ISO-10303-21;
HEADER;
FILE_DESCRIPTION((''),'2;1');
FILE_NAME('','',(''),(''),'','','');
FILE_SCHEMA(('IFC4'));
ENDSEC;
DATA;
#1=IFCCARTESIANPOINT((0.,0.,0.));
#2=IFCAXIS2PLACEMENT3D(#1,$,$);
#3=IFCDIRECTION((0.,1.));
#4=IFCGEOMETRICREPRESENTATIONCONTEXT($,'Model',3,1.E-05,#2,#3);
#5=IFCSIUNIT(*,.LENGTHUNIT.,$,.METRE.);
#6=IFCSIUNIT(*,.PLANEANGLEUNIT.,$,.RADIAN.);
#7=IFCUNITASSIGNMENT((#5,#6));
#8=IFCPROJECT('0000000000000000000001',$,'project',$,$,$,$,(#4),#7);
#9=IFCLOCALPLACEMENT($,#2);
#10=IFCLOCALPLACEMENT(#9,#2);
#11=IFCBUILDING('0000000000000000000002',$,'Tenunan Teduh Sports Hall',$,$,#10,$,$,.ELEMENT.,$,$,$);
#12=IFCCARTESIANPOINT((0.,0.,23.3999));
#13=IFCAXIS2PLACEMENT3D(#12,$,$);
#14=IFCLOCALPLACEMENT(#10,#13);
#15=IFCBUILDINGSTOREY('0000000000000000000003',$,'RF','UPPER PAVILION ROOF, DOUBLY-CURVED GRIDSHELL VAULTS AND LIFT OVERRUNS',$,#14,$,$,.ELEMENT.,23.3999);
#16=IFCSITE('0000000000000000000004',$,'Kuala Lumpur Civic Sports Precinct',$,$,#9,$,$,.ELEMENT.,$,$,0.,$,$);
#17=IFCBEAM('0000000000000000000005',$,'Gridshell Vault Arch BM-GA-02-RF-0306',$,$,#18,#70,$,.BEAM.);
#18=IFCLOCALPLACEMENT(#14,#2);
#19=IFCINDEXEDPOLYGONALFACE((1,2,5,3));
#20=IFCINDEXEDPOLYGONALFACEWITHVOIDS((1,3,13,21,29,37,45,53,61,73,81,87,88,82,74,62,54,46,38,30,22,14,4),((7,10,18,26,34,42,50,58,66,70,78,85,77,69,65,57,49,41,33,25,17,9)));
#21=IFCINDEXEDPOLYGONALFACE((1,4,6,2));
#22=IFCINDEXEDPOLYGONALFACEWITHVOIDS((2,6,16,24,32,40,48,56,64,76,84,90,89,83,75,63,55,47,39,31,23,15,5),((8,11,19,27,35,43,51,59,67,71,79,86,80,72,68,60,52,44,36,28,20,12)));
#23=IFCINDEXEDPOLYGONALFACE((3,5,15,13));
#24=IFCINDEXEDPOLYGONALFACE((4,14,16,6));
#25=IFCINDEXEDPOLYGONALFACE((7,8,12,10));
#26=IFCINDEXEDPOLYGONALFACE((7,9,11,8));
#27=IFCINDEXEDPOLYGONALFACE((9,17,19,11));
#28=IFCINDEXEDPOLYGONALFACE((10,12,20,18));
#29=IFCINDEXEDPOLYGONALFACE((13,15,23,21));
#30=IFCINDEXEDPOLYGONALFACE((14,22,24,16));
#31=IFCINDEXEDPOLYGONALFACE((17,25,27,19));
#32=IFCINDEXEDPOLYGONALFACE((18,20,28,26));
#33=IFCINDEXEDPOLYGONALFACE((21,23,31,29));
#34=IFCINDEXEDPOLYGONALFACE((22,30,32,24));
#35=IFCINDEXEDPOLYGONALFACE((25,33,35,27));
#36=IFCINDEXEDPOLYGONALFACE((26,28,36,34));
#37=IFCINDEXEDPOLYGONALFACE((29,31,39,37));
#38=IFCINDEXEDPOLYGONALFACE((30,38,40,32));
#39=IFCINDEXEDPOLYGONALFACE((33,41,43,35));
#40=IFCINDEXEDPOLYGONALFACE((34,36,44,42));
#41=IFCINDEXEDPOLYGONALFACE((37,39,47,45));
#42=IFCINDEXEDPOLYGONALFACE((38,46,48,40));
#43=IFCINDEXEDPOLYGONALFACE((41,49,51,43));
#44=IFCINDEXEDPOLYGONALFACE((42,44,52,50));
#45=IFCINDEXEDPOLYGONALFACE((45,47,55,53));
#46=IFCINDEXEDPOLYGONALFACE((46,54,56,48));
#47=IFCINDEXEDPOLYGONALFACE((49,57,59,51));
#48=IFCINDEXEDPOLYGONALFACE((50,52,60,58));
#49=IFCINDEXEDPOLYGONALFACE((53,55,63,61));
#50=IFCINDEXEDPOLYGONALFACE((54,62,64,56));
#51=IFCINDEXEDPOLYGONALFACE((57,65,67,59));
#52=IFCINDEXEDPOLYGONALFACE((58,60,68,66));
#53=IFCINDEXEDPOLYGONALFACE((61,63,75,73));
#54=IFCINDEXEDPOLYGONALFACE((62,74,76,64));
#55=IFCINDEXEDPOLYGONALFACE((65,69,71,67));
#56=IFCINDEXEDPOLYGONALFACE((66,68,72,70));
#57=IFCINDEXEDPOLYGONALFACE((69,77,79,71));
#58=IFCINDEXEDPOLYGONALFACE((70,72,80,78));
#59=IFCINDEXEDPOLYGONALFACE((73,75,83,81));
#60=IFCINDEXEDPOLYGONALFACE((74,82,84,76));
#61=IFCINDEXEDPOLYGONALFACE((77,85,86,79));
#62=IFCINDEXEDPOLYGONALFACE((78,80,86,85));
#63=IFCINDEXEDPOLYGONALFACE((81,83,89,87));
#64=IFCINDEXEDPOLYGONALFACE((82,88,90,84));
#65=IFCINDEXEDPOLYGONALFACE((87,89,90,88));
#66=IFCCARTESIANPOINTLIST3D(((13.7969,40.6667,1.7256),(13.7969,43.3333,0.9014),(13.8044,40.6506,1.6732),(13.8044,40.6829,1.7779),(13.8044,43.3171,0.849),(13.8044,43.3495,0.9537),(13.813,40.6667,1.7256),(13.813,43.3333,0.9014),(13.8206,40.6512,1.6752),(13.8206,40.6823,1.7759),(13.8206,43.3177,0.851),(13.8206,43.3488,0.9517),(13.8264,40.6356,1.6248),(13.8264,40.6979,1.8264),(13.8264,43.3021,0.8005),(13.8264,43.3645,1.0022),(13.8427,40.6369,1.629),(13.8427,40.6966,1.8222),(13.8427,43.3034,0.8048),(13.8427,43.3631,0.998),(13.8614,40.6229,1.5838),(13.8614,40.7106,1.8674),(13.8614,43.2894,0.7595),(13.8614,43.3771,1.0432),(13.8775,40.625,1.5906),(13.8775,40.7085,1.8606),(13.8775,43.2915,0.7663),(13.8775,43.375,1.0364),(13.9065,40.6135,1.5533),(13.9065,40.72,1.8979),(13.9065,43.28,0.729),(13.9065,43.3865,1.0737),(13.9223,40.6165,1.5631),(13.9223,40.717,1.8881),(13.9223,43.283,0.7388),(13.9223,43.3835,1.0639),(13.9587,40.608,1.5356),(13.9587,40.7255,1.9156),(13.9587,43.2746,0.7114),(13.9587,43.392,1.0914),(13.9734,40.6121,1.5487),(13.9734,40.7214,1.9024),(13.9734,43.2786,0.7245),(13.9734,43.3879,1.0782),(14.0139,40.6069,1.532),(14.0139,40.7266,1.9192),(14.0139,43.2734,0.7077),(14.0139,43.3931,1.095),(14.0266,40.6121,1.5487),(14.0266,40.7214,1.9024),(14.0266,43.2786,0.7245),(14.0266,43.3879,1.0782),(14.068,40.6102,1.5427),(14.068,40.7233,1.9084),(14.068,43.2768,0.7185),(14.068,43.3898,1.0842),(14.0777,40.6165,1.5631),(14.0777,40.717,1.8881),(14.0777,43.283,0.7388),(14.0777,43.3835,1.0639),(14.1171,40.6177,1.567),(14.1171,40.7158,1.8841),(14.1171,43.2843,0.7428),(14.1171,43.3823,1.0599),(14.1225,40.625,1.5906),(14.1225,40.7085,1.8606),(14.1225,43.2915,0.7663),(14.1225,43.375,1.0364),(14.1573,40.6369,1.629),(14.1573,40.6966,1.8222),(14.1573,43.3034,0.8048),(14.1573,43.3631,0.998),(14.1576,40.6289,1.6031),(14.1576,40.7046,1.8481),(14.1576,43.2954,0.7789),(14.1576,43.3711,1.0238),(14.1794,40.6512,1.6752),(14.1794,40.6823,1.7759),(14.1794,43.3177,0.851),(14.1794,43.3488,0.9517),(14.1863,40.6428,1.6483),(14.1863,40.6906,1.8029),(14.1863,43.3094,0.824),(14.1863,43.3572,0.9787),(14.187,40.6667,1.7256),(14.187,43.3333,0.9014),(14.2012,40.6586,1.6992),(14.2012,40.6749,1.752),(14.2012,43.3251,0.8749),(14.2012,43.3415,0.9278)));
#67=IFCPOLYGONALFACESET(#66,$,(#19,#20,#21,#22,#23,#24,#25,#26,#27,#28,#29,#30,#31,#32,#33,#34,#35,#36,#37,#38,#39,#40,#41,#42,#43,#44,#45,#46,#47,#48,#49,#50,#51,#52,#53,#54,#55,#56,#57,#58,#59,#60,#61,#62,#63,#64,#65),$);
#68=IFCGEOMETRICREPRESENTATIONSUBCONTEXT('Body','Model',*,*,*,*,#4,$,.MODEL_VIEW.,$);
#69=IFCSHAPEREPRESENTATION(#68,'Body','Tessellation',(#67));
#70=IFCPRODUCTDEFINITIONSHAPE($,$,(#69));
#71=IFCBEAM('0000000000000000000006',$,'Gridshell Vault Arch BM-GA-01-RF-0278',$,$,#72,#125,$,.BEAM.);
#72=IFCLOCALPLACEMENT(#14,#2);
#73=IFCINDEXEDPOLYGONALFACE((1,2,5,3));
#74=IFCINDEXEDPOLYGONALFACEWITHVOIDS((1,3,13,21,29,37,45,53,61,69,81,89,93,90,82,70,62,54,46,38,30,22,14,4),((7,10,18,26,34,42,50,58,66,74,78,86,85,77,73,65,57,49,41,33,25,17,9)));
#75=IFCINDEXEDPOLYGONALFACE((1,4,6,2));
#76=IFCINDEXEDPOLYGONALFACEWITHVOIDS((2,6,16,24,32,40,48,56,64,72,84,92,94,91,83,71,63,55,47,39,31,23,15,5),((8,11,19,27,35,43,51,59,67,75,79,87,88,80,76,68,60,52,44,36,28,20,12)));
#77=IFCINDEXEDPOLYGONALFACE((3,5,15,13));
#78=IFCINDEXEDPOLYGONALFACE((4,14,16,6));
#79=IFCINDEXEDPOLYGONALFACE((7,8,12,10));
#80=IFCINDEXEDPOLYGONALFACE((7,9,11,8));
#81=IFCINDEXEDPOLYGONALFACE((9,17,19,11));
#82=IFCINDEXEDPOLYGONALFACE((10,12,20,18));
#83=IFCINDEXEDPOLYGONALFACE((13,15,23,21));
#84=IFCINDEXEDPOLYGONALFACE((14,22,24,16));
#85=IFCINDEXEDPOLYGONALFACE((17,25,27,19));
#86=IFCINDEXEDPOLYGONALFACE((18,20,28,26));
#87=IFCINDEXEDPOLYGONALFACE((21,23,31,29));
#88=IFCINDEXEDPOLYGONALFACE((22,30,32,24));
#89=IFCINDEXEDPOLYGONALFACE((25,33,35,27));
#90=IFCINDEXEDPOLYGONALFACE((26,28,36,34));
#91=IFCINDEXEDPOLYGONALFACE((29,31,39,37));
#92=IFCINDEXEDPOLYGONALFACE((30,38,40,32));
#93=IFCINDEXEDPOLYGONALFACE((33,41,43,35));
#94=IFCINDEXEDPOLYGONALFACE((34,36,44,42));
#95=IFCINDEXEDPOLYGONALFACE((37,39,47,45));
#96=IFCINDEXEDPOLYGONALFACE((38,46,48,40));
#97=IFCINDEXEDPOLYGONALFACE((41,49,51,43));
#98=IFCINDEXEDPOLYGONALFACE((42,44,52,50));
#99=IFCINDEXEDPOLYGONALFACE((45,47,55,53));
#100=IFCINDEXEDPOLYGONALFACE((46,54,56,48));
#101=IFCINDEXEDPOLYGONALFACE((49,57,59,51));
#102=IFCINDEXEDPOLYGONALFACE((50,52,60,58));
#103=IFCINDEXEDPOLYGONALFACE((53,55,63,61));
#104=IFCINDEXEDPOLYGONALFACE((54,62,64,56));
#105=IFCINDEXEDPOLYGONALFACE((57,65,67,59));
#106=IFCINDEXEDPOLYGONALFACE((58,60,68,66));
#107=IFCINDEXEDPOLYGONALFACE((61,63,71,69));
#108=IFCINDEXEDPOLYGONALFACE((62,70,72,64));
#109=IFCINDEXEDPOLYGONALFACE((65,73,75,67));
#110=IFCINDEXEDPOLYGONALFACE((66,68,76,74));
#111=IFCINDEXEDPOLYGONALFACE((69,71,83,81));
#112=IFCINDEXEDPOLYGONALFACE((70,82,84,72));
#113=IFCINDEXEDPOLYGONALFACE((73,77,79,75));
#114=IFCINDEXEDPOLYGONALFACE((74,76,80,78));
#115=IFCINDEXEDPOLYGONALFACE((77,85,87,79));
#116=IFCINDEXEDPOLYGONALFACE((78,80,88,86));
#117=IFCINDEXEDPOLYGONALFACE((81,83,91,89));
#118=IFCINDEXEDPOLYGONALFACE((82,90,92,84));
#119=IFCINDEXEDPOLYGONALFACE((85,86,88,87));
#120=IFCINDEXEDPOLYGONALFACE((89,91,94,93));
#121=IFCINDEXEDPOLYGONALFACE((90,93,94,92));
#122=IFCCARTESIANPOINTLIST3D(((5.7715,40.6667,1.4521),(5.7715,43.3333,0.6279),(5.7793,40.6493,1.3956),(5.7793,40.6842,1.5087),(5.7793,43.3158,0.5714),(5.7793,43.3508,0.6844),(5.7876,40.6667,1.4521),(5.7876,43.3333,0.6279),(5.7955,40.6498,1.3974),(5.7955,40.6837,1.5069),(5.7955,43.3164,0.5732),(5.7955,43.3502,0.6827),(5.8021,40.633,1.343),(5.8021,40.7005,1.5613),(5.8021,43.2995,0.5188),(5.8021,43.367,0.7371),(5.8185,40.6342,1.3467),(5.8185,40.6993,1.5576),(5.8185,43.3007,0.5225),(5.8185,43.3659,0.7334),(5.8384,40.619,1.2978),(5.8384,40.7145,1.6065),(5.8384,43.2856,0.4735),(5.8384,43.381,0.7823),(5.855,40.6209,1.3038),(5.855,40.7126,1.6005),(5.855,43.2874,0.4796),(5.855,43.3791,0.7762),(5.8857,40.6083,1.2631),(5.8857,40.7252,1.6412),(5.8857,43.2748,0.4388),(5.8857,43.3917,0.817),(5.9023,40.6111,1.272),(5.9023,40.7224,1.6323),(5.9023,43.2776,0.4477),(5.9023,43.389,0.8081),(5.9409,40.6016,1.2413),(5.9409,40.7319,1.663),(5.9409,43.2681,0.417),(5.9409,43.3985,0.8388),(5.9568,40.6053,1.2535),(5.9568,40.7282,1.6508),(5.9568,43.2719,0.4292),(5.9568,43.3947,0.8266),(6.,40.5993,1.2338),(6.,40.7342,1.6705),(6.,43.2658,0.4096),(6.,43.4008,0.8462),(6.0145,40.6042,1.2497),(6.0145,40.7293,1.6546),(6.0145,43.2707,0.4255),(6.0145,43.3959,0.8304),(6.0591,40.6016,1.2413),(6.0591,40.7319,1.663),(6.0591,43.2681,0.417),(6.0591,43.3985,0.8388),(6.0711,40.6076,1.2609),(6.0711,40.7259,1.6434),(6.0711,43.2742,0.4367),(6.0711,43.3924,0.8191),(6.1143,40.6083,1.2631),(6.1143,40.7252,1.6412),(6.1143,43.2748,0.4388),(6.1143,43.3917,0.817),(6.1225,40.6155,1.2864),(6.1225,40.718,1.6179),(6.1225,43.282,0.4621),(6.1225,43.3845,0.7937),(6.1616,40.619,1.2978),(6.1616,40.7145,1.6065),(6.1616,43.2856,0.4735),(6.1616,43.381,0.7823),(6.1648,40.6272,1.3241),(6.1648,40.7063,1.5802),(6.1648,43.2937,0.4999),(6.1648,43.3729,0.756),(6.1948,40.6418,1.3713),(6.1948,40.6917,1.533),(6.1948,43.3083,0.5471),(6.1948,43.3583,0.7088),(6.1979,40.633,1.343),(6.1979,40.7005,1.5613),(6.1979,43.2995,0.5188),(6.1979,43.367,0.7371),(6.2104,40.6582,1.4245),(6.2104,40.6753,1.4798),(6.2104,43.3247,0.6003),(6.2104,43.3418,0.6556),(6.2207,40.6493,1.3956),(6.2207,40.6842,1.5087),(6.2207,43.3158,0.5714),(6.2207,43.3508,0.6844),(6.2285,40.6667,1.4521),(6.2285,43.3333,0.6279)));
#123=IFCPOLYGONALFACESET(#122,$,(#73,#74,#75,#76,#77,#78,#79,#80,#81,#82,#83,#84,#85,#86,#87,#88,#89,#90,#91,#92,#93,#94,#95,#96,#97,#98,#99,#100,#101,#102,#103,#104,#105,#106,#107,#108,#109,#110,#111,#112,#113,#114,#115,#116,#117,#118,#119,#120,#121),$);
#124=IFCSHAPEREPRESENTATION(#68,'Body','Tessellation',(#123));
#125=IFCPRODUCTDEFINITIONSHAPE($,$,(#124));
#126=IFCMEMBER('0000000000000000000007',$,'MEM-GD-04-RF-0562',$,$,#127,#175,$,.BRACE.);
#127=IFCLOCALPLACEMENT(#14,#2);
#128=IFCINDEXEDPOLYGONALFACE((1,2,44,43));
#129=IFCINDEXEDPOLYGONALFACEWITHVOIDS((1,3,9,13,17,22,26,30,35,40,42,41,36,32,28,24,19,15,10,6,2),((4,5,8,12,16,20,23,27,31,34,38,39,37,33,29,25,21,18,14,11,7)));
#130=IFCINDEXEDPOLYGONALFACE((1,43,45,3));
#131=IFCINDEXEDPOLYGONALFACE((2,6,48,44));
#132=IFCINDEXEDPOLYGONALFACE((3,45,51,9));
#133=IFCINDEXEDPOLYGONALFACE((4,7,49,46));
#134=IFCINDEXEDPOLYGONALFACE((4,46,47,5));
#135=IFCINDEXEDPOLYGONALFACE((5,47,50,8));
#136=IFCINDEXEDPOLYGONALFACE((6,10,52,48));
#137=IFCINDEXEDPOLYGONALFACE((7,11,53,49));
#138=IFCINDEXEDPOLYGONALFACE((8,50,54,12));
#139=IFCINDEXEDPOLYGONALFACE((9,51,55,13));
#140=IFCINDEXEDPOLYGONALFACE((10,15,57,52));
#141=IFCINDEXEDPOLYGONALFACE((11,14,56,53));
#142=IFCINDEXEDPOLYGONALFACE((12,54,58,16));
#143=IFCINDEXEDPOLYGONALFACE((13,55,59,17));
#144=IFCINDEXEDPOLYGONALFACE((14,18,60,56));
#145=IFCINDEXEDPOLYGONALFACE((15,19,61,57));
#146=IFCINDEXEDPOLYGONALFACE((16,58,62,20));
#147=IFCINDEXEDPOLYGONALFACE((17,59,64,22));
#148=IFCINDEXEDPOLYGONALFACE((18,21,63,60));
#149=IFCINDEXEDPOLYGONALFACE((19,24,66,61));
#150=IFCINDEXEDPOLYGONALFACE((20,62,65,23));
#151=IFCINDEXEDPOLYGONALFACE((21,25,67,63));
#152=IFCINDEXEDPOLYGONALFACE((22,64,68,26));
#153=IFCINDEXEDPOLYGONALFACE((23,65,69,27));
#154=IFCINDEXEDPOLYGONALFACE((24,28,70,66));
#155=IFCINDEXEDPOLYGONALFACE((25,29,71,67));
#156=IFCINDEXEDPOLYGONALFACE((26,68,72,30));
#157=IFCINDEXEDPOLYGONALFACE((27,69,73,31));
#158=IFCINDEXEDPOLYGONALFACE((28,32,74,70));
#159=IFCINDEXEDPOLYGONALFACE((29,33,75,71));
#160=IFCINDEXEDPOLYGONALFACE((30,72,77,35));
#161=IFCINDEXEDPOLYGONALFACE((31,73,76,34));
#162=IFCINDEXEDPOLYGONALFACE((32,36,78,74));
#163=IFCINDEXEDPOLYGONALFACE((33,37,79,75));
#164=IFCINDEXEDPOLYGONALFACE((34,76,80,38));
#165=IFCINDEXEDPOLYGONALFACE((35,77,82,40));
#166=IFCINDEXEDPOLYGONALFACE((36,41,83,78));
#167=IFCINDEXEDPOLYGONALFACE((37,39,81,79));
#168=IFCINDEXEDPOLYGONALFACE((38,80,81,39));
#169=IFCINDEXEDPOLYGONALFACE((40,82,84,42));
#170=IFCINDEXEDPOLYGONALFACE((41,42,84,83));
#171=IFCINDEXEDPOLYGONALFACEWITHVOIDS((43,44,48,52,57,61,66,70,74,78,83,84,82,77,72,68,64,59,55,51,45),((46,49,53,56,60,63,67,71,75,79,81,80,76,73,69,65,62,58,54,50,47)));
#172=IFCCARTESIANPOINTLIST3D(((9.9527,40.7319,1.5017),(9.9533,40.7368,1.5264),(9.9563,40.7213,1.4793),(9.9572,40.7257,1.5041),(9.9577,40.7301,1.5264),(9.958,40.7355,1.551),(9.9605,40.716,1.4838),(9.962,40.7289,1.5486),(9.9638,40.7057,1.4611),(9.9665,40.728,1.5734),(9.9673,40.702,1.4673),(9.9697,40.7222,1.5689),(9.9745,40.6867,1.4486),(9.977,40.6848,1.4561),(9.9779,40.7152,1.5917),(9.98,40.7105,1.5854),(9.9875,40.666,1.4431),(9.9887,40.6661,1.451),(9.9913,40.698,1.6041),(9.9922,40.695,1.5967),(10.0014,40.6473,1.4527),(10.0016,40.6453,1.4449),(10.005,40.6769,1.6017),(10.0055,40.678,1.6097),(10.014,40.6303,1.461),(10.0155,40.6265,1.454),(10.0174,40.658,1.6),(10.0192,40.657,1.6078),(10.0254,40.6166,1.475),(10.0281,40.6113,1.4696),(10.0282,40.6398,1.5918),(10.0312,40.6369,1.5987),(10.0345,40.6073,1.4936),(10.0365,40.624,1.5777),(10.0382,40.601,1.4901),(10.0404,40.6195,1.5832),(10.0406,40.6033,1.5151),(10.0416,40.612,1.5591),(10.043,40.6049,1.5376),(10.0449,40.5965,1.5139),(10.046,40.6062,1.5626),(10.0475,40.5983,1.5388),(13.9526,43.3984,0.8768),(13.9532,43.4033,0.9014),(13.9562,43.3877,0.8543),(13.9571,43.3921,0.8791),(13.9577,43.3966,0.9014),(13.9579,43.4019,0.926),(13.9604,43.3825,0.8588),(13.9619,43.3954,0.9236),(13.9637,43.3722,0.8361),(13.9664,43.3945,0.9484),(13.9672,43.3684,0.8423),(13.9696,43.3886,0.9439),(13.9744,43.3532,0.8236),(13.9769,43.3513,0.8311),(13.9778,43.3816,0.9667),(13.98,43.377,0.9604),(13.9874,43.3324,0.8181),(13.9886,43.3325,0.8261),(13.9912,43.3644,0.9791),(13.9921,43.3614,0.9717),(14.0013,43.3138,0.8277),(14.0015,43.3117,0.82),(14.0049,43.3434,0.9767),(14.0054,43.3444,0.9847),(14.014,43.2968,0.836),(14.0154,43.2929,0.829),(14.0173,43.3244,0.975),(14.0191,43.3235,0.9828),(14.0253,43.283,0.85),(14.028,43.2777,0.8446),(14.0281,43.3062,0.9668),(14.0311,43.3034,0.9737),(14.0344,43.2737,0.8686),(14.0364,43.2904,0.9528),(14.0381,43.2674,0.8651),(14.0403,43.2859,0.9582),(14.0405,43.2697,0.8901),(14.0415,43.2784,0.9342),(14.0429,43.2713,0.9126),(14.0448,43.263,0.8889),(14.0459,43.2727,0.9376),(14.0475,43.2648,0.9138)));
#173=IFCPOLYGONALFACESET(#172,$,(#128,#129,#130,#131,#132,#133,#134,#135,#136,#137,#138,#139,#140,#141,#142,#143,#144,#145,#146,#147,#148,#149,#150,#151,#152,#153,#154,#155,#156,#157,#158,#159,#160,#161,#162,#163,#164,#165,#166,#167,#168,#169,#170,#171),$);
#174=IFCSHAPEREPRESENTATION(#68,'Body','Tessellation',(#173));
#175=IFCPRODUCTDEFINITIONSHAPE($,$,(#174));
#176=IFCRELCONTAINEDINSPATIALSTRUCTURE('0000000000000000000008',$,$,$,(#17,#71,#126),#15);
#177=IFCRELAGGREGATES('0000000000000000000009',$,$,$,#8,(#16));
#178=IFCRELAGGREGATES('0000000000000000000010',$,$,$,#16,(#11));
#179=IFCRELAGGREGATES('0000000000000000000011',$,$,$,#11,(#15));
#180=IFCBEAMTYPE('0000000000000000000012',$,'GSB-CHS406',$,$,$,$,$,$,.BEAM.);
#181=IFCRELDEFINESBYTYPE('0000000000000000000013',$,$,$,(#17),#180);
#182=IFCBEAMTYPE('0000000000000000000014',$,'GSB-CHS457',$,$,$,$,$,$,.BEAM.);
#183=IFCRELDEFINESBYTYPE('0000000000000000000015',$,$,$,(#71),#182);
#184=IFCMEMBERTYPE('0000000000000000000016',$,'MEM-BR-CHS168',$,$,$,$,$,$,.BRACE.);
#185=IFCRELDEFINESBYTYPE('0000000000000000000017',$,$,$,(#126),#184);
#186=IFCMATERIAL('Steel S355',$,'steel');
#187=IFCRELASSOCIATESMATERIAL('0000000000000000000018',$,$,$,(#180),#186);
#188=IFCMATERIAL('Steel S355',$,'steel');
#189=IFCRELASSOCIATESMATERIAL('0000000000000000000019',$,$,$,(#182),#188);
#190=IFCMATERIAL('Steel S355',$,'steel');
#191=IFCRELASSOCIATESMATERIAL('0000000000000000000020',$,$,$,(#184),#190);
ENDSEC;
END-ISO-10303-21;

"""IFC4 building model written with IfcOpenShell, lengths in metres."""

from ifc_helpers import new_model, si_unit, direction, frame, origin, origin_2d, place, context, subcontext, project, spatial, hollow_circle, extrude, material, material_profile, profile_set, type_object, element, save


model = new_model("IFC4")

# Units and contexts
model_context = context("Model", 3, precision=1e-05, world=origin(), true_north=direction((0.0, 1.0)))
body_context = subcontext(model_context, "Body", "Model", "MODEL_VIEW")
ifc_project = project(units=[si_unit("LENGTHUNIT", "METRE"), si_unit("PLANEANGLEUNIT", "RADIAN")], contexts=[model_context])

# Site, building, storey
site_placement = place(None, origin())
site = spatial("IfcSite", under=ifc_project, at=site_placement, Name="Kuala Lumpur Civic Sports Precinct", CompositionType="ELEMENT", RefElevation=0.0)
building_placement = place(site_placement, origin())
building = spatial("IfcBuilding", under=site, at=building_placement, Name="Tenunan Teduh Sports Hall", CompositionType="ELEMENT")
storey_placement = place(building_placement, frame((0.0, 0.0, 23.3999)))
storey = spatial("IfcBuildingStorey", under=building, at=storey_placement, Name="RF", Description="UPPER PAVILION ROOF, DOUBLY-CURVED GRIDSHELL VAULTS AND LIFT OVERRUNS", CompositionType="ELEMENT", Elevation=23.3999)

# Beams
ifc_material_1 = material(Name="Steel S355", Category="steel")
ifc_material_profile_1 = material_profile(ifc_material_1, hollow_circle(Radius=0.2031, WallThickness=0.0161, at=origin_2d()), Name="CHS 406.4x16.0")
ifc_profile_set_1 = profile_set([ifc_material_profile_1], Name="Steel S355")
beam_type_1 = type_object("IfcBeamType", Name="GSB-CHS406", PredefinedType="BEAM", material=ifc_profile_set_1)
beam_1_placement = place(storey_placement, frame((14.0, 40.6667, 1.7256), z_axis=(0.0, 0.9554, -0.295315), x_axis=(-1.0, 0.0, 0.0)))
element("IfcBeam", 1, at=beam_1_placement, inside=storey, type_object=beam_type_1, Name="Gridshell Vault Arch BM-GA-02-RF-0306", PredefinedType="BEAM", context=body_context, shape_type="SweptSolid", body=[
    extrude(hollow_circle(Radius=0.2031, WallThickness=0.0161, at=origin_2d()), origin(), (0.0, 0.0, 1.0), 2.791),
])
ifc_material_2 = material(Name="Steel S355", Category="steel")
ifc_material_profile_2 = material_profile(ifc_material_2, hollow_circle(Radius=0.2285, WallThickness=0.0161, at=origin_2d()), Name="CHS 457.0x16.0")
ifc_profile_set_2 = profile_set([ifc_material_profile_2], Name="Steel S355")
beam_type_2 = type_object("IfcBeamType", Name="GSB-CHS457", PredefinedType="BEAM", material=ifc_profile_set_2)
beam_2_placement = place(storey_placement, frame((6.0, 40.6667, 1.4521), z_axis=(0.0, 0.9554, -0.295315), x_axis=(-1.0, 0.0, 0.0)))
element("IfcBeam", 2, at=beam_2_placement, inside=storey, type_object=beam_type_2, Name="Gridshell Vault Arch BM-GA-01-RF-0278", PredefinedType="BEAM", context=body_context, shape_type="SweptSolid", body=[
    extrude(hollow_circle(Radius=0.2285, WallThickness=0.0161, at=origin_2d()), origin(), (0.0, 0.0, 1.0), 2.791),
])

# Member
ifc_material_3 = material(Name="Steel S355", Category="steel")
ifc_material_profile_3 = material_profile(ifc_material_3, hollow_circle(Radius=0.0842, WallThickness=0.0081, at=origin_2d()), Name="CHS 168.3x8.0")
ifc_profile_set_3 = profile_set([ifc_material_profile_3], Name="Steel S355")
member_type_1 = type_object("IfcMemberType", Name="MEM-BR-CHS168", PredefinedType="BRACE", material=ifc_profile_set_3)
member_1_placement = place(storey_placement, frame((10.0, 40.6667, 1.5264), z_axis=(0.825122, 0.550048, -0.128925), x_axis=(-0.554677, 0.832066, 0.0)))
element("IfcMember", 3, at=member_1_placement, inside=storey, type_object=member_type_1, Name="MEM-GD-04-RF-0562", PredefinedType="BRACE", context=body_context, shape_type="SweptSolid", body=[
    extrude(hollow_circle(Radius=0.0842, WallThickness=0.0081, at=origin_2d()), origin(), (0.0, 0.0, 1.0), 4.8477),
])

save(model, "model.ifc")
